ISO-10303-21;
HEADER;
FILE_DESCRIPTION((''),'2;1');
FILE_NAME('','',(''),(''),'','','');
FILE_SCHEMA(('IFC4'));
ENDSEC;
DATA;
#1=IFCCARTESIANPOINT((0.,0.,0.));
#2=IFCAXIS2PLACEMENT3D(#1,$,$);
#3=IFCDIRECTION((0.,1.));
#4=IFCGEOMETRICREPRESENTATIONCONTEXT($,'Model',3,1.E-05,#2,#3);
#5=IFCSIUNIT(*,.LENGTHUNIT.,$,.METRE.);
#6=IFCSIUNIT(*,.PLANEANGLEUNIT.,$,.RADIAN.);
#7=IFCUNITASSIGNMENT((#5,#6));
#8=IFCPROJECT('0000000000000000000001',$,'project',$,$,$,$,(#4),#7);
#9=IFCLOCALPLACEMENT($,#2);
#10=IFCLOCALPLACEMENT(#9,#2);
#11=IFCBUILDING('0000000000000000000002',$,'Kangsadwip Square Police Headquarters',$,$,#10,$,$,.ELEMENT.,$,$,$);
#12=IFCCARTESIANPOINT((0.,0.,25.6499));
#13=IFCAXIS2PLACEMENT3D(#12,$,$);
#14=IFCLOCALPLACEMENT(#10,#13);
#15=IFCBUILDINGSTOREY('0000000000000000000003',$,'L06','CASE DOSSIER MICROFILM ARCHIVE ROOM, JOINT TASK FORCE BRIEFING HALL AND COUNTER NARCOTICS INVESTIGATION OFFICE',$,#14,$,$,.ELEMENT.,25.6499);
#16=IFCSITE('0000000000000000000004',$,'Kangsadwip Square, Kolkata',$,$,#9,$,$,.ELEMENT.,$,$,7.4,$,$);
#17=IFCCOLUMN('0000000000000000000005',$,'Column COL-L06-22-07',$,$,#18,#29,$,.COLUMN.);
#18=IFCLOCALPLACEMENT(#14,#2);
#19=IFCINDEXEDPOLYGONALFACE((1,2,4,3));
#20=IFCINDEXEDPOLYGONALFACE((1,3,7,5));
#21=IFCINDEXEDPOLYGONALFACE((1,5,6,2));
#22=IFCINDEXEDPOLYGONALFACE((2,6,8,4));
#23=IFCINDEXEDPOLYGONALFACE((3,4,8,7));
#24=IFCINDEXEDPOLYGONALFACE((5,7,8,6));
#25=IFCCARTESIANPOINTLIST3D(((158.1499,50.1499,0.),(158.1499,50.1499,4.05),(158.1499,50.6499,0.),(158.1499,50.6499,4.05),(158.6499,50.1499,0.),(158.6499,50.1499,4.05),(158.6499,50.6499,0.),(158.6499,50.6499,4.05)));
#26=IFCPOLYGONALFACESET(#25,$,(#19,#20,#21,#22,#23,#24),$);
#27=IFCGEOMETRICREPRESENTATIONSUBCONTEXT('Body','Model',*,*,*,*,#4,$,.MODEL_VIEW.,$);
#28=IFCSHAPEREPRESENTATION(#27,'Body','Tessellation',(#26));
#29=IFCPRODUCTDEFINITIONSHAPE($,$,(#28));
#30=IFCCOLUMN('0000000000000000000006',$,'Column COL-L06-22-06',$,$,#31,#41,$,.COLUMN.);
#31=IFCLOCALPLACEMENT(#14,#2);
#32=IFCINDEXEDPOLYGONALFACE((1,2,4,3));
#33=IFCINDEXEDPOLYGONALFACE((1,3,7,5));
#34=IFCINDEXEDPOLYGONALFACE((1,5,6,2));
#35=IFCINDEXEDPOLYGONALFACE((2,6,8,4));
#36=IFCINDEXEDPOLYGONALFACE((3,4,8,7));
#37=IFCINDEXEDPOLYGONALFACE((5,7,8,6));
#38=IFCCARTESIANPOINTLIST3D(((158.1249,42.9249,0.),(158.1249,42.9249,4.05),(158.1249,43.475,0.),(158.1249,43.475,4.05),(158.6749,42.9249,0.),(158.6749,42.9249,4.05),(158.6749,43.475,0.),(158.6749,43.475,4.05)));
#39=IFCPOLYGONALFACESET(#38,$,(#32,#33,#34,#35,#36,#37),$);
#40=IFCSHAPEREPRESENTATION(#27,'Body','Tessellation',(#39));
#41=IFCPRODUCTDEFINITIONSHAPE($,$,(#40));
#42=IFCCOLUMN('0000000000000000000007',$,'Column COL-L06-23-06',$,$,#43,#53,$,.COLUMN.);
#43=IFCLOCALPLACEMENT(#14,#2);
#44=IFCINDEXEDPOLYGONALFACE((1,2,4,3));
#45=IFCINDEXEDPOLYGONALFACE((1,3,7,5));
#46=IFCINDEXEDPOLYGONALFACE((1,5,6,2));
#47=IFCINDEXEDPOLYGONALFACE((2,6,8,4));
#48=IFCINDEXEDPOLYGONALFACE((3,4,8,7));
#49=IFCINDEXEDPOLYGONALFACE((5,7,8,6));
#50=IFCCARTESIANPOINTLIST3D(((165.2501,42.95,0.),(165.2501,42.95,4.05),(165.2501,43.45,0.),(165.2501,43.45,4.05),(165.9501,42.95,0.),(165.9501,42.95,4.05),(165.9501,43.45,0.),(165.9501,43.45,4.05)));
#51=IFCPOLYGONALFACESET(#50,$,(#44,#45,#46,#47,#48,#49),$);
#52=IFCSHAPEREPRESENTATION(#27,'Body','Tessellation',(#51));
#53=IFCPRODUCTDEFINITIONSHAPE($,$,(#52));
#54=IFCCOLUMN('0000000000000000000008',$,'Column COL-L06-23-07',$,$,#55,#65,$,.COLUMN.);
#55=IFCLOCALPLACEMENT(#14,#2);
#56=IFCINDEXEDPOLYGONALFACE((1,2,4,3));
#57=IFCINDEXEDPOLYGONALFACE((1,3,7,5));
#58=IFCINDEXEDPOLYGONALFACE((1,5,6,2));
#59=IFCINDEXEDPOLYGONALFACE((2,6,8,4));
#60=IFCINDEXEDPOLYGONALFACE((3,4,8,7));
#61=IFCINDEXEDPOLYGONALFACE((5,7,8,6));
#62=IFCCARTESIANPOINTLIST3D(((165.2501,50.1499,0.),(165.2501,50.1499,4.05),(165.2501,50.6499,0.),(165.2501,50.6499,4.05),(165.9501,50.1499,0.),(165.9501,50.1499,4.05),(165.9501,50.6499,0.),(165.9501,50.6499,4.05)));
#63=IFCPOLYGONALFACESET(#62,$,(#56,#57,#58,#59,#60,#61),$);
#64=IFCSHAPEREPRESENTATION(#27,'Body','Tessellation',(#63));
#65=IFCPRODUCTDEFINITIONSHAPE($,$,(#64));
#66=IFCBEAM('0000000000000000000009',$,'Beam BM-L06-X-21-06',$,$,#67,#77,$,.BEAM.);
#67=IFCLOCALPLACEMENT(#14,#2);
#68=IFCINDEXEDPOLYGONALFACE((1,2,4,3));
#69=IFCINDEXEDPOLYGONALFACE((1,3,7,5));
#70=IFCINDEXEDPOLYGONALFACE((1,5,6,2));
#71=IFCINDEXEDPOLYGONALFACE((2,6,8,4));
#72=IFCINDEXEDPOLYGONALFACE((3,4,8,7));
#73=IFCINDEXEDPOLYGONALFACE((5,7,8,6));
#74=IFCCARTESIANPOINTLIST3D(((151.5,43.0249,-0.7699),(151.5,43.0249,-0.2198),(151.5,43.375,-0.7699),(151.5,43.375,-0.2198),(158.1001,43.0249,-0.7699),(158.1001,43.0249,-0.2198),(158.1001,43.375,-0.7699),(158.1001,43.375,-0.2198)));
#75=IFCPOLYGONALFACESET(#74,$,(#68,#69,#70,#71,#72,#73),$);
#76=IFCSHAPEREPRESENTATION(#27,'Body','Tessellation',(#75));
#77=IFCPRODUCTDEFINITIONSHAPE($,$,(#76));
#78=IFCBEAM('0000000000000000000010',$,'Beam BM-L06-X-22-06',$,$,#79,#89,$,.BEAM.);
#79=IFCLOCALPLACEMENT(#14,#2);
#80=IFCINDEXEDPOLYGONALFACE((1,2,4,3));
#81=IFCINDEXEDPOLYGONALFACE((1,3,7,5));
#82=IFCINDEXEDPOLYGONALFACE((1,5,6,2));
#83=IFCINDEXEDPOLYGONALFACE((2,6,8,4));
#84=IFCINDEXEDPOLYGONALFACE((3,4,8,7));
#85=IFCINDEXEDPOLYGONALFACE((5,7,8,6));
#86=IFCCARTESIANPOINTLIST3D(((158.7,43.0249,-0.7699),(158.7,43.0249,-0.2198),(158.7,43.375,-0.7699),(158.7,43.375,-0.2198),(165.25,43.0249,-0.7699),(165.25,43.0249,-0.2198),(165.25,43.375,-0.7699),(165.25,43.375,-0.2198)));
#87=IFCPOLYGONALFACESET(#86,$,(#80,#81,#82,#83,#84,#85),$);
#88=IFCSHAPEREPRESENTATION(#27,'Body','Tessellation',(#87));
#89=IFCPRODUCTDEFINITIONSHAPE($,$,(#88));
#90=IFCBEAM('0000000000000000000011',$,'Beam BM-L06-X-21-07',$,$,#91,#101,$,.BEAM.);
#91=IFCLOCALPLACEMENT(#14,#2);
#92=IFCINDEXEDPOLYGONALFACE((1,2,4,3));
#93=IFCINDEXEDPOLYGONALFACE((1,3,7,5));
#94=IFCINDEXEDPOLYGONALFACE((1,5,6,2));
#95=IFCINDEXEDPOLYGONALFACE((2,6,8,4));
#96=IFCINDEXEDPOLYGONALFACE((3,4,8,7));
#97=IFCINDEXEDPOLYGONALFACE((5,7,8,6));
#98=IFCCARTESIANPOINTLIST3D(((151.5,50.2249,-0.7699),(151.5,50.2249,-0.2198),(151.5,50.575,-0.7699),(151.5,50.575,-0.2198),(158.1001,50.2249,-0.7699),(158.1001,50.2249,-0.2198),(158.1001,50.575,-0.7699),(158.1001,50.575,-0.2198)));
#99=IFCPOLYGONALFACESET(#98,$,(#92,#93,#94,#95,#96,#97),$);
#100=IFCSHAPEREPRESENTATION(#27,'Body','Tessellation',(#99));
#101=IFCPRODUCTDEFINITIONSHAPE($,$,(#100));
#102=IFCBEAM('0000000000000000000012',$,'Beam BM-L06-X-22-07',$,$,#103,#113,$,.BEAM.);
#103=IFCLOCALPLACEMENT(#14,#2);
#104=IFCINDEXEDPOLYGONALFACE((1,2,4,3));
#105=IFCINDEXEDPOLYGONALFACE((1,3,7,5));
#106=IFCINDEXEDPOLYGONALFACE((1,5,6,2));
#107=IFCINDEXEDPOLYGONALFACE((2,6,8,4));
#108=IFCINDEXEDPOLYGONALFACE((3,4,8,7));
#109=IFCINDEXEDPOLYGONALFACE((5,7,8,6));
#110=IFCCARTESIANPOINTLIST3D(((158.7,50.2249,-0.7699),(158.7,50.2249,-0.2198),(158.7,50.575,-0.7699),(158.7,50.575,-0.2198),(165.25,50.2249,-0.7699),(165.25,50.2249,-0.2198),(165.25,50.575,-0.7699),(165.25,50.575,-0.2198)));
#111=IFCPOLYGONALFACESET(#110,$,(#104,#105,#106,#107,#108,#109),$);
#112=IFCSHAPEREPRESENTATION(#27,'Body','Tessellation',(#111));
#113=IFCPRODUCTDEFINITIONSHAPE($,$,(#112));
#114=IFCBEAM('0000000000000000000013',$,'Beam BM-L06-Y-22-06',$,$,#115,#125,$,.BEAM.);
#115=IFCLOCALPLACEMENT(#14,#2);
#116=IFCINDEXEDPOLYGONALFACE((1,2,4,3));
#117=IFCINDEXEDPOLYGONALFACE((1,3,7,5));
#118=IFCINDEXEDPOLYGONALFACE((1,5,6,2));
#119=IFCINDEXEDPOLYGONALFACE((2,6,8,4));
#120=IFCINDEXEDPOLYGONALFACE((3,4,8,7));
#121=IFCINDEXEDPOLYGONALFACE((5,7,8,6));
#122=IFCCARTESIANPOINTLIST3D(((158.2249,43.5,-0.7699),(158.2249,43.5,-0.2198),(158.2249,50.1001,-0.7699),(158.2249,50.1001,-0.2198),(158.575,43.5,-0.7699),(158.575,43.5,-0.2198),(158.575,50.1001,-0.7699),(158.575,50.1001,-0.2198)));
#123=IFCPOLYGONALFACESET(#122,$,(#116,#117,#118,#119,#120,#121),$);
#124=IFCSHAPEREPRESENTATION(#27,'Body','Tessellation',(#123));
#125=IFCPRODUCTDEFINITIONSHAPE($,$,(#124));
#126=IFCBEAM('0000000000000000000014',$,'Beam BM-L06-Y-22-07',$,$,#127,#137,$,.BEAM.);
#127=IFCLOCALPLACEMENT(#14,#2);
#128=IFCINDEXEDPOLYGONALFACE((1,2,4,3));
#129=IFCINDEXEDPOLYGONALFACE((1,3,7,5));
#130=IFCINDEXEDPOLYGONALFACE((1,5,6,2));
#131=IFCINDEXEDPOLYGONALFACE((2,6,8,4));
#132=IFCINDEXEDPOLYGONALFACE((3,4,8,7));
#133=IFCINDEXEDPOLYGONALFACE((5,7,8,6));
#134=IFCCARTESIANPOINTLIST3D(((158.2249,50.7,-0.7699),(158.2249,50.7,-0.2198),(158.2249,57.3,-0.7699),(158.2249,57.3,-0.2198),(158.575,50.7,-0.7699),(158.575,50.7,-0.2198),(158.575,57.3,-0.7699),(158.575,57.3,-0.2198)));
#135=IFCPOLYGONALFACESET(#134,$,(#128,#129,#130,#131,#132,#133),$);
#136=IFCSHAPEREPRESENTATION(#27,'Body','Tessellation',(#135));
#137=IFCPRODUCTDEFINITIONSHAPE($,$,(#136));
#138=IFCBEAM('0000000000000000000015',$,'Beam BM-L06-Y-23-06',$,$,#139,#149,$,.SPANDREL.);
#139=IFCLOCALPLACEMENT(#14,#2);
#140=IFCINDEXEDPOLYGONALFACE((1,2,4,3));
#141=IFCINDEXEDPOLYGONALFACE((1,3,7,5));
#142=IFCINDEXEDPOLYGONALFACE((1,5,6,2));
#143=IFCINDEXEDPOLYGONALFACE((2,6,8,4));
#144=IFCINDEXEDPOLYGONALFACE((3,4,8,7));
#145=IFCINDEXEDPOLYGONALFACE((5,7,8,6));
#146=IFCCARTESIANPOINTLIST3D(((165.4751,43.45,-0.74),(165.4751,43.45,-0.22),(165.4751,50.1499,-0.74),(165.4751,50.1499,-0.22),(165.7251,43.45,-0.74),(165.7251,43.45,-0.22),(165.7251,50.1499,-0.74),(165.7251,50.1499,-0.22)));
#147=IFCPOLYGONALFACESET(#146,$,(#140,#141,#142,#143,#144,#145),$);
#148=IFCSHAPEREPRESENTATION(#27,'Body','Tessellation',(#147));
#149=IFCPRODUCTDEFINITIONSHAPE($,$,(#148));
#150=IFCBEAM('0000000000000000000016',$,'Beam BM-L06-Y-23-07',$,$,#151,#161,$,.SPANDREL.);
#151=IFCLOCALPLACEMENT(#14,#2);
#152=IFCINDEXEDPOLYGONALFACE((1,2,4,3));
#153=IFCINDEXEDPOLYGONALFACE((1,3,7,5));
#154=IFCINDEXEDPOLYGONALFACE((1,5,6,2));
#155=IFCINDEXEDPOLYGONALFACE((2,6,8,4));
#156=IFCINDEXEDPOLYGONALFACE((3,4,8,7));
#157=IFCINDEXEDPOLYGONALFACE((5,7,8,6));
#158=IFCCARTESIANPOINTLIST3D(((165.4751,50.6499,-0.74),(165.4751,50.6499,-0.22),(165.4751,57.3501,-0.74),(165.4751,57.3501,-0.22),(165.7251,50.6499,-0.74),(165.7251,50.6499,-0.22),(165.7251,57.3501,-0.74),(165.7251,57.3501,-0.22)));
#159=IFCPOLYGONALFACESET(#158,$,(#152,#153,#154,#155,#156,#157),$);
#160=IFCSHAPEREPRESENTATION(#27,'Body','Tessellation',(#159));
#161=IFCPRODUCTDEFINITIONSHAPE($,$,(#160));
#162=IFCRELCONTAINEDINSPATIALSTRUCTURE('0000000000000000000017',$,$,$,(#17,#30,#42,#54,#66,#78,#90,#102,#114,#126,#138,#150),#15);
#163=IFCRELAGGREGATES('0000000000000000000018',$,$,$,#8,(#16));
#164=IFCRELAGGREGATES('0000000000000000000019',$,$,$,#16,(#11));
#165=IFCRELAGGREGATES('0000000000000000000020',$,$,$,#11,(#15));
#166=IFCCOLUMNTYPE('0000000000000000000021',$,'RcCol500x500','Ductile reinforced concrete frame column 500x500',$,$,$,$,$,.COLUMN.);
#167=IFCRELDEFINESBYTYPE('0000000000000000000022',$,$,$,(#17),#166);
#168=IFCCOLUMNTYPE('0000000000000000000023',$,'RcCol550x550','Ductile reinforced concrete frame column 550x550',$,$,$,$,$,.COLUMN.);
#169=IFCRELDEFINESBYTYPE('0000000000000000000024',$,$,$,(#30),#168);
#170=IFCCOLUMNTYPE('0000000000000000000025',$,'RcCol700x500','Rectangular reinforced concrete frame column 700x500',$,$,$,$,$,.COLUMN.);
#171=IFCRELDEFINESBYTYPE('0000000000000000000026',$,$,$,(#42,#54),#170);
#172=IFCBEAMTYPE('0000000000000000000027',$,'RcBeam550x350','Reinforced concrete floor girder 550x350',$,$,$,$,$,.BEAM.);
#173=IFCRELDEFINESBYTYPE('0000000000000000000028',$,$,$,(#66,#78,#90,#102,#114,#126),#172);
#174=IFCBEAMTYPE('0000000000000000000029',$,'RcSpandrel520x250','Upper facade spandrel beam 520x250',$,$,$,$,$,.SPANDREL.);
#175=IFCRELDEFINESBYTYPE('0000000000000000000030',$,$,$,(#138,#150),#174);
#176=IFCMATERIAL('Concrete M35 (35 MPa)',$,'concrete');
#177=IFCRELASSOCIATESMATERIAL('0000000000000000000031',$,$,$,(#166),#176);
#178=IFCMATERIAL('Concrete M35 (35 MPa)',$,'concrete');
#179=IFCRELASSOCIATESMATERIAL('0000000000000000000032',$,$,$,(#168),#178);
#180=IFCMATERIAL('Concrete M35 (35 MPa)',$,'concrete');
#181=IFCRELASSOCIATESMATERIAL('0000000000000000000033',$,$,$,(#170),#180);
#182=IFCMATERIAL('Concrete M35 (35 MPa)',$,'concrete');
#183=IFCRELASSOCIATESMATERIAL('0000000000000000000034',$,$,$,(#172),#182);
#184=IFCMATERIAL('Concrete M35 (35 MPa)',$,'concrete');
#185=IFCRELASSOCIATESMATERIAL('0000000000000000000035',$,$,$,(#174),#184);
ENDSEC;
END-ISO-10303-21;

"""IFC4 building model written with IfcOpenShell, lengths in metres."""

from ifc_helpers import new_model, si_unit, direction, frame, origin, origin_2d, place, context, subcontext, project, spatial, rectangle, extrude, material, material_profile, profile_set, type_object, element, save


model = new_model("IFC4")

# Units and contexts
model_context = context("Model", 3, precision=1e-05, world=origin(), true_north=direction((0.0, 1.0)))
body_context = subcontext(model_context, "Body", "Model", "MODEL_VIEW")
ifc_project = project(units=[si_unit("LENGTHUNIT", "METRE"), si_unit("PLANEANGLEUNIT", "RADIAN")], contexts=[model_context])

# Site, building, storey
site_placement = place(None, origin())
site = spatial("IfcSite", under=ifc_project, at=site_placement, Name="Kangsadwip Square, Kolkata", CompositionType="ELEMENT", RefElevation=7.4)
building_placement = place(site_placement, origin())
building = spatial("IfcBuilding", under=site, at=building_placement, Name="Kangsadwip Square Police Headquarters", CompositionType="ELEMENT")
storey_placement = place(building_placement, frame((0.0, 0.0, 25.6499)))
storey = spatial("IfcBuildingStorey", under=building, at=storey_placement, Name="L06", Description="CASE DOSSIER MICROFILM ARCHIVE ROOM, JOINT TASK FORCE BRIEFING HALL AND COUNTER NARCOTICS INVESTIGATION OFFICE", CompositionType="ELEMENT", Elevation=25.6499)

# Columns
ifc_material_1 = material(Name="Concrete M35 (35 MPa)", Category="concrete")
ifc_material_profile_1 = material_profile(ifc_material_1, rectangle(XDim=0.5, YDim=0.5, at=origin_2d()), Name="RC COL 500X500")
ifc_profile_set_1 = profile_set([ifc_material_profile_1], Name="Concrete M35 (35 MPa)")
column_type_1 = type_object("IfcColumnType", Name="RcCol500x500", Description="Ductile reinforced concrete frame column 500x500", PredefinedType="COLUMN", material=ifc_profile_set_1)
column_1_placement = place(storey_placement, frame((158.3999, 50.3999, 0.0), z_axis=(0.0, 0.0, 1.0), x_axis=(1.0, 0.0, 0.0)))
element("IfcColumn", 1, at=column_1_placement, inside=storey, type_object=column_type_1, Name="Column COL-L06-22-07", PredefinedType="COLUMN", context=body_context, shape_type="SweptSolid", body=[
    extrude(rectangle(XDim=0.5, YDim=0.5, at=origin_2d()), origin(), (0.0, 0.0, 1.0), 4.05),
])
ifc_material_2 = material(Name="Concrete M35 (35 MPa)", Category="concrete")
ifc_material_profile_2 = material_profile(ifc_material_2, rectangle(XDim=0.55, YDim=0.55, at=origin_2d()), Name="RC COL 550X550")
ifc_profile_set_2 = profile_set([ifc_material_profile_2], Name="Concrete M35 (35 MPa)")
column_type_2 = type_object("IfcColumnType", Name="RcCol550x550", Description="Ductile reinforced concrete frame column 550x550", PredefinedType="COLUMN", material=ifc_profile_set_2)
column_2_placement = place(storey_placement, frame((158.3999, 43.2, 0.0), z_axis=(0.0, 0.0, 1.0), x_axis=(1.0, 0.0, 0.0)))
element("IfcColumn", 2, at=column_2_placement, inside=storey, type_object=column_type_2, Name="Column COL-L06-22-06", PredefinedType="COLUMN", context=body_context, shape_type="SweptSolid", body=[
    extrude(rectangle(XDim=0.55, YDim=0.55, at=origin_2d()), origin(), (0.0, 0.0, 1.0), 4.05),
])
ifc_material_3 = material(Name="Concrete M35 (35 MPa)", Category="concrete")
ifc_material_profile_3 = material_profile(ifc_material_3, rectangle(XDim=0.5, YDim=0.7, at=origin_2d()), Name="RC COL 700X500")
ifc_profile_set_3 = profile_set([ifc_material_profile_3], Name="Concrete M35 (35 MPa)")
column_type_3 = type_object("IfcColumnType", Name="RcCol700x500", Description="Rectangular reinforced concrete frame column 700x500", PredefinedType="COLUMN", material=ifc_profile_set_3)
for number, where, z_axis, x_axis, name in (
    (3, (165.6001, 43.2, 0.0), (0.0, 0.0, 1.0), (0.0, 1.0, 0.0), "Column COL-L06-23-06"),
    (4, (165.6001, 50.3999, 0.0), (0.0, 0.0, 1.0), (0.0, 1.0, 0.0), "Column COL-L06-23-07"),
):
    element("IfcColumn", number, at=place(storey_placement, frame(where, z_axis=z_axis, x_axis=x_axis)), inside=storey, type_object=column_type_3, Name=name, PredefinedType="COLUMN", context=body_context, shape_type="SweptSolid", body=[
        extrude(rectangle(XDim=0.5, YDim=0.7, at=origin_2d()), origin(), (0.0, 0.0, 1.0), 4.05),
    ])

# Beams
ifc_material_4 = material(Name="Concrete M35 (35 MPa)", Category="concrete")
ifc_material_profile_4 = material_profile(ifc_material_4, rectangle(XDim=0.3501, YDim=0.55, at=origin_2d()), Name="RC BM 550X350")
ifc_profile_set_4 = profile_set([ifc_material_profile_4], Name="Concrete M35 (35 MPa)")
beam_type_1 = type_object("IfcBeamType", Name="RcBeam550x350", Description="Reinforced concrete floor girder 550x350", PredefinedType="BEAM", material=ifc_profile_set_4)
beam_1_placement = place(storey_placement, frame((151.5, 43.2, -0.4949), z_axis=(1.0, 0.0, 0.0), x_axis=(0.0, 1.0, 0.0)))
element("IfcBeam", 5, at=beam_1_placement, inside=storey, type_object=beam_type_1, Name="Beam BM-L06-X-21-06", PredefinedType="BEAM", context=body_context, shape_type="SweptSolid", body=[
    extrude(rectangle(XDim=0.3501, YDim=0.55, at=origin_2d()), origin(), (0.0, 0.0, 1.0), 6.6001),
])
beam_2_placement = place(storey_placement, frame((158.7, 43.2, -0.4949), z_axis=(1.0, 0.0, 0.0), x_axis=(0.0, 1.0, 0.0)))
element("IfcBeam", 6, at=beam_2_placement, inside=storey, type_object=beam_type_1, Name="Beam BM-L06-X-22-06", PredefinedType="BEAM", context=body_context, shape_type="SweptSolid", body=[
    extrude(rectangle(XDim=0.3501, YDim=0.55, at=origin_2d()), origin(), (0.0, 0.0, 1.0), 6.55),
])
beam_3_placement = place(storey_placement, frame((151.5, 50.3999, -0.4949), z_axis=(1.0, 0.0, 0.0), x_axis=(0.0, 1.0, 0.0)))
element("IfcBeam", 7, at=beam_3_placement, inside=storey, type_object=beam_type_1, Name="Beam BM-L06-X-21-07", PredefinedType="BEAM", context=body_context, shape_type="SweptSolid", body=[
    extrude(rectangle(XDim=0.3501, YDim=0.55, at=origin_2d()), origin(), (0.0, 0.0, 1.0), 6.6001),
])
beam_4_placement = place(storey_placement, frame((158.7, 50.3999, -0.4949), z_axis=(1.0, 0.0, 0.0), x_axis=(0.0, 1.0, 0.0)))
element("IfcBeam", 8, at=beam_4_placement, inside=storey, type_object=beam_type_1, Name="Beam BM-L06-X-22-07", PredefinedType="BEAM", context=body_context, shape_type="SweptSolid", body=[
    extrude(rectangle(XDim=0.3501, YDim=0.55, at=origin_2d()), origin(), (0.0, 0.0, 1.0), 6.55),
])
for number, where, z_axis, x_axis, name in (
    (9, (158.3999, 43.5, -0.4949), (0.0, 1.0, 0.0), (-1.0, 0.0, 0.0), "Beam BM-L06-Y-22-06"),
    (10, (158.3999, 50.7, -0.4949), (0.0, 1.0, 0.0), (-1.0, 0.0, 0.0), "Beam BM-L06-Y-22-07"),
):
    element("IfcBeam", number, at=place(storey_placement, frame(where, z_axis=z_axis, x_axis=x_axis)), inside=storey, type_object=beam_type_1, Name=name, PredefinedType="BEAM", context=body_context, shape_type="SweptSolid", body=[
        extrude(rectangle(XDim=0.3501, YDim=0.55, at=origin_2d()), origin(), (0.0, 0.0, 1.0), 6.6001),
    ])
ifc_material_5 = material(Name="Concrete M35 (35 MPa)", Category="concrete")
ifc_material_profile_5 = material_profile(ifc_material_5, rectangle(XDim=0.25, YDim=0.52, at=origin_2d()), Name="RC SPN 520X250")
ifc_profile_set_5 = profile_set([ifc_material_profile_5], Name="Concrete M35 (35 MPa)")
beam_type_2 = type_object("IfcBeamType", Name="RcSpandrel520x250", Description="Upper facade spandrel beam 520x250", PredefinedType="SPANDREL", material=ifc_profile_set_5)
beam_5_placement = place(storey_placement, frame((165.6001, 43.45, -0.48), z_axis=(0.0, 1.0, 0.0), x_axis=(-1.0, 0.0, 0.0)))
element("IfcBeam", 11, at=beam_5_placement, inside=storey, type_object=beam_type_2, Name="Beam BM-L06-Y-23-06", PredefinedType="SPANDREL", context=body_context, shape_type="SweptSolid", body=[
    extrude(rectangle(XDim=0.25, YDim=0.52, at=origin_2d()), origin(), (0.0, 0.0, 1.0), 6.7),
])
beam_6_placement = place(storey_placement, frame((165.6001, 50.6499, -0.48), z_axis=(0.0, 1.0, 0.0), x_axis=(-1.0, 0.0, 0.0)))
element("IfcBeam", 12, at=beam_6_placement, inside=storey, type_object=beam_type_2, Name="Beam BM-L06-Y-23-07", PredefinedType="SPANDREL", context=body_context, shape_type="SweptSolid", body=[
    extrude(rectangle(XDim=0.25, YDim=0.52, at=origin_2d()), origin(), (0.0, 0.0, 1.0), 6.7002),
])

save(model, "model.ifc")
